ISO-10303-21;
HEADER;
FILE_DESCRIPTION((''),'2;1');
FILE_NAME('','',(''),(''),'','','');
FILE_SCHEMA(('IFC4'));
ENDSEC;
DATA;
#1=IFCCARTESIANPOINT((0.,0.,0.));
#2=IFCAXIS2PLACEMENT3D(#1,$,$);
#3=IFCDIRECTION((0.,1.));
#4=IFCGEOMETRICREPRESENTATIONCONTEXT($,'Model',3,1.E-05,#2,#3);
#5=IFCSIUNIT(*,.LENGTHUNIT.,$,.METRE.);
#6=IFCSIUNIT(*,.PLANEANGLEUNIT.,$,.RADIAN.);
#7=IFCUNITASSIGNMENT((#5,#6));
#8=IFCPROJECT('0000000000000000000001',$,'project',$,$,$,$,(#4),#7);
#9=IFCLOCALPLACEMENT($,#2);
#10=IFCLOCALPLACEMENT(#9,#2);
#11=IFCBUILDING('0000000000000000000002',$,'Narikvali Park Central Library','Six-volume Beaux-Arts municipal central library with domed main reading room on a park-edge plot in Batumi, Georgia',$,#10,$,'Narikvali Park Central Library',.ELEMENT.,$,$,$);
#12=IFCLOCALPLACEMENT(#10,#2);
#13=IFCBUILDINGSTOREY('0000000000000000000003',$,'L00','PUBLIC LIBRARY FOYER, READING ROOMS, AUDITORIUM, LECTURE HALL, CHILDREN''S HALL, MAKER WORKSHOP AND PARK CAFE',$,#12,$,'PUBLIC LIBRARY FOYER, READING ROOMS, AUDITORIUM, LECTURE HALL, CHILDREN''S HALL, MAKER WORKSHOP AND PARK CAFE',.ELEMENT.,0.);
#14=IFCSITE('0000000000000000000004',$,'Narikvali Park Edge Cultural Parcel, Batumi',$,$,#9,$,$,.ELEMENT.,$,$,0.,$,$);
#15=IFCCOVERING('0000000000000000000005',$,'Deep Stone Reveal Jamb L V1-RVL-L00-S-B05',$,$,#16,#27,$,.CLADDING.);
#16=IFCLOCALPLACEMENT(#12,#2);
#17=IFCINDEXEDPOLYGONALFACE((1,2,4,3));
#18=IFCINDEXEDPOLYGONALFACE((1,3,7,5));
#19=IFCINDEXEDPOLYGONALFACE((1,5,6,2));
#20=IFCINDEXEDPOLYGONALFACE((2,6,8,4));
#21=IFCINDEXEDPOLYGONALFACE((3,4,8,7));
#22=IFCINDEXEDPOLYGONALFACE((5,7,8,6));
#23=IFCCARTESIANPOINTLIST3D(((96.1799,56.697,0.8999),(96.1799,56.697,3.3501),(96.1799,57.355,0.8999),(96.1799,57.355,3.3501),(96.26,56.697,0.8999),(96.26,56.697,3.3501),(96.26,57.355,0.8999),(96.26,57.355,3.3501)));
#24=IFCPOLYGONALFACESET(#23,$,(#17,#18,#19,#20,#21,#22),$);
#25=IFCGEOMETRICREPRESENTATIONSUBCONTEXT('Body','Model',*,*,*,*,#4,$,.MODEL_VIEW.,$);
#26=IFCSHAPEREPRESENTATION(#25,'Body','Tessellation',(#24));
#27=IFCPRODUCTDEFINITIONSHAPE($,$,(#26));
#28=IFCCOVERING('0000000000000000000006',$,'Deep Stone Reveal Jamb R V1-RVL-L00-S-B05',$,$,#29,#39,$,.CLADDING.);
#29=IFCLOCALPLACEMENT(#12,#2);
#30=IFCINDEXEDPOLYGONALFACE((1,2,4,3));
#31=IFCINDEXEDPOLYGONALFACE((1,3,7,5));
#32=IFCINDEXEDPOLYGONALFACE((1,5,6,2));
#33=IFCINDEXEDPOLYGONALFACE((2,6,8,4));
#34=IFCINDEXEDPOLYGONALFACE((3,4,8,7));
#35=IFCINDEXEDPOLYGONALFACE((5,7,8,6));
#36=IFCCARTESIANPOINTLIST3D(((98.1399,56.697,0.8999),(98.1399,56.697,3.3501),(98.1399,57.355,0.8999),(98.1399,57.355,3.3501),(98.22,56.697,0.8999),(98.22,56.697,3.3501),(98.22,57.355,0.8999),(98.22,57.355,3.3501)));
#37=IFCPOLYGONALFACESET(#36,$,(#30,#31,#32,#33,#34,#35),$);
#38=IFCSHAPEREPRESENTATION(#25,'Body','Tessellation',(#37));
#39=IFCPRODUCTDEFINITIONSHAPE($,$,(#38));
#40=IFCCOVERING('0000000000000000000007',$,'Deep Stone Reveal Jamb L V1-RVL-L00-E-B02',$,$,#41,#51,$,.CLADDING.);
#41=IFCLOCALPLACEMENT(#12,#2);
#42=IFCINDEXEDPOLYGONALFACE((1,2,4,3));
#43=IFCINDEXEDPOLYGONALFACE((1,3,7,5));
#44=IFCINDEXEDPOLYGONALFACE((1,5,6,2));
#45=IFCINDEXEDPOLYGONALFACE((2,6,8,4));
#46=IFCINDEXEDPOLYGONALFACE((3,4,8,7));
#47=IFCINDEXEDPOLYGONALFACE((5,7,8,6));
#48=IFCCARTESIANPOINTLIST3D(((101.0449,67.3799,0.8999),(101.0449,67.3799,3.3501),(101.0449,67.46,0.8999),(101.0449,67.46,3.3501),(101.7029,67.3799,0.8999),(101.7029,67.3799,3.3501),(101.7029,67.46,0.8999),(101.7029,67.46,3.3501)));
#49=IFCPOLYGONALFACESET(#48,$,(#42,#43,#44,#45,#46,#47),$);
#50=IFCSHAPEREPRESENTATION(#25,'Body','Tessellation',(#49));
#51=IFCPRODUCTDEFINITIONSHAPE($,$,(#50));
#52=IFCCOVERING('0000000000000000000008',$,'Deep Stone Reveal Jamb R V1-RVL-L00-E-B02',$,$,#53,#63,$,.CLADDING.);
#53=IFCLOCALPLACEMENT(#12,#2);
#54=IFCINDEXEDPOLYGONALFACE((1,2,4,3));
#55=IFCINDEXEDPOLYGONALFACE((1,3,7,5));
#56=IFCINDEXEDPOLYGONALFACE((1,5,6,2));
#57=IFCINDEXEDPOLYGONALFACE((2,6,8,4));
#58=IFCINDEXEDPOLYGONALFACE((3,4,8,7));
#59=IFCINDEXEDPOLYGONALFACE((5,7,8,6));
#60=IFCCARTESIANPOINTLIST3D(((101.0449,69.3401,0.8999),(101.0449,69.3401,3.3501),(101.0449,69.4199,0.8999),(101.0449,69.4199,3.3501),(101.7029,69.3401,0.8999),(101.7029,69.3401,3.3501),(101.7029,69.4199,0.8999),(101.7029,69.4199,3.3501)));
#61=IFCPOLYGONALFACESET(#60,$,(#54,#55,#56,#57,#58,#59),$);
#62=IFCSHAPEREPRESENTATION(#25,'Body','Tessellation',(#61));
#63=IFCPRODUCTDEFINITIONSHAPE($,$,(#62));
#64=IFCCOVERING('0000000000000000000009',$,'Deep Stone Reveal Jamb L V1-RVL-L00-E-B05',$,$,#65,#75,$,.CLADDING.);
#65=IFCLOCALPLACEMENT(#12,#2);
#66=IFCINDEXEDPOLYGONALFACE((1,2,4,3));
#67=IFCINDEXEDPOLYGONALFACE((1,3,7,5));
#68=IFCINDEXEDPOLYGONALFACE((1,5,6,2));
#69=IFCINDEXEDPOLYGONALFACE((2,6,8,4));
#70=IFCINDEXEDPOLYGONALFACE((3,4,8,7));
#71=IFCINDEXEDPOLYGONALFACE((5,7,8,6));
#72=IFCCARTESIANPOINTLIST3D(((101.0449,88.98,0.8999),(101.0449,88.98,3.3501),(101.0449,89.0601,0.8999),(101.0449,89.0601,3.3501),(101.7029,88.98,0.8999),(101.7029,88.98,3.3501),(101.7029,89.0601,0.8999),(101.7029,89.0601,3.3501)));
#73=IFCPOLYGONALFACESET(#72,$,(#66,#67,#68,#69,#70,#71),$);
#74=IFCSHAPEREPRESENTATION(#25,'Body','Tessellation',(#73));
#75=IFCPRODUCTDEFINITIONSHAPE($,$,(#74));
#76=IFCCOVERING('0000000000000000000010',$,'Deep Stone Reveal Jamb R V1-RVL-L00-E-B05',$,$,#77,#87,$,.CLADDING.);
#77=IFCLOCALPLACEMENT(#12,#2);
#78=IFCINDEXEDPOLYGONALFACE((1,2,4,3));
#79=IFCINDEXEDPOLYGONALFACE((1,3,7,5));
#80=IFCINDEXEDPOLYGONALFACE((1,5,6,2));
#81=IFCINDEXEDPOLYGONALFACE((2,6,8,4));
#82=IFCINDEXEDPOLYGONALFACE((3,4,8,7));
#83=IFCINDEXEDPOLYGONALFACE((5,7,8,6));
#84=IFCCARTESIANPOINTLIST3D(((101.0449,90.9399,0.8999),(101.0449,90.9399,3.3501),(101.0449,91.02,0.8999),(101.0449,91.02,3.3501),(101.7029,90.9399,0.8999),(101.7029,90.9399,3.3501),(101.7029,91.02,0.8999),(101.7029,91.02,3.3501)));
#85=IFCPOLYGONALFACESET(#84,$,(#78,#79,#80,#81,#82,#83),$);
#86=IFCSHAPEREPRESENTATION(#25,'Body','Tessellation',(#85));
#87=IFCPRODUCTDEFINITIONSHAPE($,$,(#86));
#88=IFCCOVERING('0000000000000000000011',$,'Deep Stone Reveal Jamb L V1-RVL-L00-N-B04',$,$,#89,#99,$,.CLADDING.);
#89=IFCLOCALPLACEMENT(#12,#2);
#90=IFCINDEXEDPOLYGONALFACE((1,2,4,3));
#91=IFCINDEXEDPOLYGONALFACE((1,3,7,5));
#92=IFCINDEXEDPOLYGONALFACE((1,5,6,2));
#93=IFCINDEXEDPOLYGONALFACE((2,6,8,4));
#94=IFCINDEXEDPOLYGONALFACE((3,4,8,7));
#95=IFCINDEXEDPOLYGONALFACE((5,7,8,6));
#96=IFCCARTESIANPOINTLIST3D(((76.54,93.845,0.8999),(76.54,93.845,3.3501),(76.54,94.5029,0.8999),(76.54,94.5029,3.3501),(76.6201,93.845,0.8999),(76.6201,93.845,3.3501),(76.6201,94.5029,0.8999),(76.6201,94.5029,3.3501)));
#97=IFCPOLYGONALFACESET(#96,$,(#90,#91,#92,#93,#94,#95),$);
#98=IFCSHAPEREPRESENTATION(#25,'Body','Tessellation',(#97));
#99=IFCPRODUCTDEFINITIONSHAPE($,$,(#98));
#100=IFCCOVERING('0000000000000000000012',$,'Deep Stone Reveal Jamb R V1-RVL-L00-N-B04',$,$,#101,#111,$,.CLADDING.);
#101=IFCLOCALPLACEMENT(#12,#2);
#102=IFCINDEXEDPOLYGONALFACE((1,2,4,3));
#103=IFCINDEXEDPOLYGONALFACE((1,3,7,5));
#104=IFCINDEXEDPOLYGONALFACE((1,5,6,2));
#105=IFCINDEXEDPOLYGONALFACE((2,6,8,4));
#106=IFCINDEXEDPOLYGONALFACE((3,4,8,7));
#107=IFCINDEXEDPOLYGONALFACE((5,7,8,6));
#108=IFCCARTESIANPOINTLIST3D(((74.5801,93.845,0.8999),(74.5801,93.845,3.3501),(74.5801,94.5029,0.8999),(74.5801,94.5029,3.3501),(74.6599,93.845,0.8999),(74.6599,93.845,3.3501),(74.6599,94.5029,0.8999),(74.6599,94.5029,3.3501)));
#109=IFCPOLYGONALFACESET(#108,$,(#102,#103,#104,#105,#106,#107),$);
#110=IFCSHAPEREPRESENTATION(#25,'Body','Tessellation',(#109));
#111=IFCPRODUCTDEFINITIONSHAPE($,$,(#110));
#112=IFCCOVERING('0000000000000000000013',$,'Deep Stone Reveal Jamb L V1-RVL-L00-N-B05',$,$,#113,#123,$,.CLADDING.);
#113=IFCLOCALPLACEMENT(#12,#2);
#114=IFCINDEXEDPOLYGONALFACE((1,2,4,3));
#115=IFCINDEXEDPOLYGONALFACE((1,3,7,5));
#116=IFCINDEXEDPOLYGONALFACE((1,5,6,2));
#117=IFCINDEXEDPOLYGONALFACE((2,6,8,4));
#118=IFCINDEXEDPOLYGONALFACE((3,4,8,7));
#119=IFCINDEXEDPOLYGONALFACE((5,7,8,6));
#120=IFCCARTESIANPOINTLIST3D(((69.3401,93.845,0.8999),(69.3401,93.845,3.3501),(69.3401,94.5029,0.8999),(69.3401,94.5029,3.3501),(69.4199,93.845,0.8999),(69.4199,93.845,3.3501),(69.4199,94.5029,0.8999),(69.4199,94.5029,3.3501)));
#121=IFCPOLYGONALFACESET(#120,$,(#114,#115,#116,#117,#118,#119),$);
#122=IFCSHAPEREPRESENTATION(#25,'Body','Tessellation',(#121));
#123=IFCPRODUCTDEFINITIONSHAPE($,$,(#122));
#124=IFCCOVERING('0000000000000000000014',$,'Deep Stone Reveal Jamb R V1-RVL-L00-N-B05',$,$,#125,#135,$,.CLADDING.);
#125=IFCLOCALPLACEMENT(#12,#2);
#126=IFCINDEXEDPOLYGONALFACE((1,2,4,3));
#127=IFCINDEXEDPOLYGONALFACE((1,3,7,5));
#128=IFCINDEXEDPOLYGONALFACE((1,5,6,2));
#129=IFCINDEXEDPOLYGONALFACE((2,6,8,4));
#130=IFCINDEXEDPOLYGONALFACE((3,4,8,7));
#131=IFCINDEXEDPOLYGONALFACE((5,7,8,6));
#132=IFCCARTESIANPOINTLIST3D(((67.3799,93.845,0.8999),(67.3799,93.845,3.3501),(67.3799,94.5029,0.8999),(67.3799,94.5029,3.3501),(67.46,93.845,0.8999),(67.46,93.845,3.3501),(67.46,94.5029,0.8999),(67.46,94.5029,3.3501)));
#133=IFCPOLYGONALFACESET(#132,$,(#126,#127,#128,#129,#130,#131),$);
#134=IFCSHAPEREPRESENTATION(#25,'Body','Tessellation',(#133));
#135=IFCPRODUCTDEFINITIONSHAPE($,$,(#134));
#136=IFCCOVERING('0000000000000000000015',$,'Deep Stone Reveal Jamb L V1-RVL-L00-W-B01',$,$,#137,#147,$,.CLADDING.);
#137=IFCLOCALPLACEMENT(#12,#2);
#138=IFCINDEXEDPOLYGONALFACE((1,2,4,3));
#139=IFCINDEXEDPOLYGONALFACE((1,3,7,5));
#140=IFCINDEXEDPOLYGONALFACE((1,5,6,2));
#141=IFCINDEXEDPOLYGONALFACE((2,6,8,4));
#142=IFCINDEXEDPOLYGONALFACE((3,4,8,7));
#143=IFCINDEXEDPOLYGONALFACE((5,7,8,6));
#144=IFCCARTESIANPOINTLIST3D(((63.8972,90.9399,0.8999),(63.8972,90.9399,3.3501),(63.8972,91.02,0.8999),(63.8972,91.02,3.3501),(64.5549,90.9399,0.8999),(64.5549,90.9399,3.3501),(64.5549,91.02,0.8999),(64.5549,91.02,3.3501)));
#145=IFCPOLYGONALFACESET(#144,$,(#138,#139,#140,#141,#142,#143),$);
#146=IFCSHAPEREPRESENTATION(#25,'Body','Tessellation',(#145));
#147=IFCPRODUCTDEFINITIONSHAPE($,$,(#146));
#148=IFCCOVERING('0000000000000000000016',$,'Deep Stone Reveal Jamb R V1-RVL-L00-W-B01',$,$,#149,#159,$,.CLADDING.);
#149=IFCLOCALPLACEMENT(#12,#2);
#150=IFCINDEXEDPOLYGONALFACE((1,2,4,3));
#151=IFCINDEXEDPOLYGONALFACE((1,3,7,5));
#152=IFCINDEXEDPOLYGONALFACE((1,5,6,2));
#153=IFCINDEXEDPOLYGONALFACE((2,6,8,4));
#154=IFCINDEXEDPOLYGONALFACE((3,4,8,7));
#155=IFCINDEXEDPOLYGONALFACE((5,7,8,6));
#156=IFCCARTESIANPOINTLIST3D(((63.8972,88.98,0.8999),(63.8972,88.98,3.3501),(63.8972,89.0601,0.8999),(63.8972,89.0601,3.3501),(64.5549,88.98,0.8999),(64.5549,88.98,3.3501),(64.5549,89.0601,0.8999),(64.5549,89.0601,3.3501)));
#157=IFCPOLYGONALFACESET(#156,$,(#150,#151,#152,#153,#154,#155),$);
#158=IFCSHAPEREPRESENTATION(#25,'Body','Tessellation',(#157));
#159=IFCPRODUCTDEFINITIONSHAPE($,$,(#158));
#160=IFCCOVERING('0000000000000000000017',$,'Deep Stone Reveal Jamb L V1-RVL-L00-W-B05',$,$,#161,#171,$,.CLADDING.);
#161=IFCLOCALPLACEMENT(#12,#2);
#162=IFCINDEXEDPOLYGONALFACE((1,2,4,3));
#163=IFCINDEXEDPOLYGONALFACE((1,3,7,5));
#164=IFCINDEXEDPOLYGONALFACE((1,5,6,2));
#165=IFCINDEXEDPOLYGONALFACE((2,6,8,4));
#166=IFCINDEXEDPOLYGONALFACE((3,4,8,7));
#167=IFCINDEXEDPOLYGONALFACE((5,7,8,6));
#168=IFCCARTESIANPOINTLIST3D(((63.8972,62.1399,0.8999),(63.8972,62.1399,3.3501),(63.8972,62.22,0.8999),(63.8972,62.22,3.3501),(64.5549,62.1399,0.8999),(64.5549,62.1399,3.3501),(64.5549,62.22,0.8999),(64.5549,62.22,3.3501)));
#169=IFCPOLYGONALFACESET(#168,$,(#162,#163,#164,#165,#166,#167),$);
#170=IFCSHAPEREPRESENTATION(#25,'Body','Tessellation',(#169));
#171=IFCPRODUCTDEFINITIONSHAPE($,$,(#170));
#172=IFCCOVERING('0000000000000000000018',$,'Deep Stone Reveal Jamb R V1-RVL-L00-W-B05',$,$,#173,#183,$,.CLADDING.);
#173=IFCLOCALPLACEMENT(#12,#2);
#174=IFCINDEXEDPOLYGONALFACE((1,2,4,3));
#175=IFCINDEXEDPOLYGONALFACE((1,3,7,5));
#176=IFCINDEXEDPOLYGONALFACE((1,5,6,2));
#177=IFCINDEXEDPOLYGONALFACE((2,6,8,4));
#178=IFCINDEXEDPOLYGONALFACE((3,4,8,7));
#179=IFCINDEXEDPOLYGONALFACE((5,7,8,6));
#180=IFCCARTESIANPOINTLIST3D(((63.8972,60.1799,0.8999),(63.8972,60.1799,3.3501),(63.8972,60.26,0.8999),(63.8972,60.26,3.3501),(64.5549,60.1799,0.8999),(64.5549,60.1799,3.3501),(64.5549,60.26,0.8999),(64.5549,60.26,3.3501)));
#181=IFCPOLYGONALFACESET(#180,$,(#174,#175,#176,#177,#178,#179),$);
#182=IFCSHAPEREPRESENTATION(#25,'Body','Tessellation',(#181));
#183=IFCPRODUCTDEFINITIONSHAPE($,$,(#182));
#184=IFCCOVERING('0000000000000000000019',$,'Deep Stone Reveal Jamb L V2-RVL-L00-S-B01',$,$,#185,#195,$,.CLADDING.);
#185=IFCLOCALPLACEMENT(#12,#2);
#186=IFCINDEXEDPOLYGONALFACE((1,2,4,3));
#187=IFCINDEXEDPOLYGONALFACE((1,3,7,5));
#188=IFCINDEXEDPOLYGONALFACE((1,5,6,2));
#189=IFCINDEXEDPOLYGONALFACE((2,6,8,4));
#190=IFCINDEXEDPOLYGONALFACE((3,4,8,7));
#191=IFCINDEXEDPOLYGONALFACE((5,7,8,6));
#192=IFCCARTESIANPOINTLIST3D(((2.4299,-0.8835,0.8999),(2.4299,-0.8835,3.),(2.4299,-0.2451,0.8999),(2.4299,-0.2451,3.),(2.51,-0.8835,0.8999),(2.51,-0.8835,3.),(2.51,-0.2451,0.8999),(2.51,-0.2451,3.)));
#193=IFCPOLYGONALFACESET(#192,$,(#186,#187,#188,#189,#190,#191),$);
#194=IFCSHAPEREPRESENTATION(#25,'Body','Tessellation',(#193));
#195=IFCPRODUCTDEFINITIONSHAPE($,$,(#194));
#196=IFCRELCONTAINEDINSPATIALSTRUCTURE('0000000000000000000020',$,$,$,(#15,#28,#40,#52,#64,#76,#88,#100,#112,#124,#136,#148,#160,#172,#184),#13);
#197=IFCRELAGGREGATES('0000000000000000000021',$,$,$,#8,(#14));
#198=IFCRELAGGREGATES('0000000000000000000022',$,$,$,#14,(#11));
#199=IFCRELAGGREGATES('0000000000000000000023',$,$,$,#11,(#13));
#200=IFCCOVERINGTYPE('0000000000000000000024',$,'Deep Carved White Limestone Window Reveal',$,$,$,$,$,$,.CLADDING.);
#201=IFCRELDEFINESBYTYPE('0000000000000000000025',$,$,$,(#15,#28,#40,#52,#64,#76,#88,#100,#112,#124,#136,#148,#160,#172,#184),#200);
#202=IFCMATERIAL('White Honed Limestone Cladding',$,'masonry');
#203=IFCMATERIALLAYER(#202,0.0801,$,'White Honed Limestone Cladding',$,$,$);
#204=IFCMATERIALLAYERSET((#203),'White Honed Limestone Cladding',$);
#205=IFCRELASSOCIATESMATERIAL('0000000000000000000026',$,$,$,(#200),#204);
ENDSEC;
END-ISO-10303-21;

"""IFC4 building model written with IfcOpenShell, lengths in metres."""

from ifc_helpers import new_model, si_unit, direction, frame, origin, place, context, subcontext, project, spatial, polyline, outline, extrude, material, layer, layer_set, type_object, element, save


model = new_model("IFC4")

# Units and contexts
model_context = context("Model", 3, precision=1e-05, world=origin(), true_north=direction((0.0, 1.0)))
body_context = subcontext(model_context, "Body", "Model", "MODEL_VIEW")
ifc_project = project(units=[si_unit("LENGTHUNIT", "METRE"), si_unit("PLANEANGLEUNIT", "RADIAN")], contexts=[model_context])

# Site, building, storey
site_placement = place(None, origin())
site = spatial("IfcSite", under=ifc_project, at=site_placement, Name="Narikvali Park Edge Cultural Parcel, Batumi", CompositionType="ELEMENT", RefElevation=0.0)
building_placement = place(site_placement, origin())
building = spatial("IfcBuilding", under=site, at=building_placement, Name="Narikvali Park Central Library", Description="Six-volume Beaux-Arts municipal central library with domed main reading room on a park-edge plot in Batumi, Georgia", LongName="Narikvali Park Central Library", CompositionType="ELEMENT")
storey_placement = place(building_placement, origin())
storey = spatial("IfcBuildingStorey", under=building, at=storey_placement, Name="L00", Description="PUBLIC LIBRARY FOYER, READING ROOMS, AUDITORIUM, LECTURE HALL, CHILDREN'S HALL, MAKER WORKSHOP AND PARK CAFE", LongName="PUBLIC LIBRARY FOYER, READING ROOMS, AUDITORIUM, LECTURE HALL, CHILDREN'S HALL, MAKER WORKSHOP AND PARK CAFE", CompositionType="ELEMENT", Elevation=0.0)

# Coverings
ifc_material = material(Name="White Honed Limestone Cladding", Category="masonry")
ifc_layer = layer(ifc_material, 0.0801, Name="White Honed Limestone Cladding")
ifc_layer_set = layer_set([ifc_layer], Name="White Honed Limestone Cladding")
covering_type = type_object("IfcCoveringType", Name="Deep Carved White Limestone Window Reveal", PredefinedType="CLADDING", material=ifc_layer_set)
covering_1_placement = place(storey_placement, frame((0.0, 0.0, 0.8999)))
element("IfcCovering", 1, at=covering_1_placement, inside=storey, type_object=covering_type, Name="Deep Stone Reveal Jamb L V1-RVL-L00-S-B05", PredefinedType="CLADDING", context=body_context, shape_type="SweptSolid", body=[
    extrude(outline(polyline([(96.1799, 57.355), (96.26, 57.355), (96.26, 56.697), (96.1799, 56.697), (96.1799, 57.355)])), origin(), (0.0, 0.0, 1.0), 2.4502),
])
covering_2_placement = place(storey_placement, frame((0.0, 0.0, 0.8999)))
element("IfcCovering", 2, at=covering_2_placement, inside=storey, type_object=covering_type, Name="Deep Stone Reveal Jamb R V1-RVL-L00-S-B05", PredefinedType="CLADDING", context=body_context, shape_type="SweptSolid", body=[
    extrude(outline(polyline([(98.1399, 57.355), (98.22, 57.355), (98.22, 56.697), (98.1399, 56.697), (98.1399, 57.355)])), origin(), (0.0, 0.0, 1.0), 2.4502),
])
covering_3_placement = place(storey_placement, frame((0.0, 0.0, 0.8999)))
element("IfcCovering", 3, at=covering_3_placement, inside=storey, type_object=covering_type, Name="Deep Stone Reveal Jamb L V1-RVL-L00-E-B02", PredefinedType="CLADDING", context=body_context, shape_type="SweptSolid", body=[
    extrude(outline(polyline([(101.0449, 67.3799), (101.0449, 67.46), (101.7029, 67.46), (101.7029, 67.3799), (101.0449, 67.3799)])), origin(), (0.0, 0.0, 1.0), 2.4502),
])
covering_4_placement = place(storey_placement, frame((0.0, 0.0, 0.8999)))
element("IfcCovering", 4, at=covering_4_placement, inside=storey, type_object=covering_type, Name="Deep Stone Reveal Jamb R V1-RVL-L00-E-B02", PredefinedType="CLADDING", context=body_context, shape_type="SweptSolid", body=[
    extrude(outline(polyline([(101.0449, 69.3401), (101.0449, 69.4199), (101.7029, 69.4199), (101.7029, 69.3401), (101.0449, 69.3401)])), origin(), (0.0, 0.0, 1.0), 2.4502),
])
covering_5_placement = place(storey_placement, frame((0.0, 0.0, 0.8999)))
element("IfcCovering", 5, at=covering_5_placement, inside=storey, type_object=covering_type, Name="Deep Stone Reveal Jamb L V1-RVL-L00-E-B05", PredefinedType="CLADDING", context=body_context, shape_type="SweptSolid", body=[
    extrude(outline(polyline([(101.0449, 88.98), (101.0449, 89.0601), (101.7029, 89.0601), (101.7029, 88.98), (101.0449, 88.98)])), origin(), (0.0, 0.0, 1.0), 2.4502),
])
covering_6_placement = place(storey_placement, frame((0.0, 0.0, 0.8999)))
element("IfcCovering", 6, at=covering_6_placement, inside=storey, type_object=covering_type, Name="Deep Stone Reveal Jamb R V1-RVL-L00-E-B05", PredefinedType="CLADDING", context=body_context, shape_type="SweptSolid", body=[
    extrude(outline(polyline([(101.0449, 90.9399), (101.0449, 91.02), (101.7029, 91.02), (101.7029, 90.9399), (101.0449, 90.9399)])), origin(), (0.0, 0.0, 1.0), 2.4502),
])
covering_7_placement = place(storey_placement, frame((0.0, 0.0, 0.8999)))
element("IfcCovering", 7, at=covering_7_placement, inside=storey, type_object=covering_type, Name="Deep Stone Reveal Jamb L V1-RVL-L00-N-B04", PredefinedType="CLADDING", context=body_context, shape_type="SweptSolid", body=[
    extrude(outline(polyline([(76.6201, 93.845), (76.54, 93.845), (76.54, 94.5029), (76.6201, 94.5029), (76.6201, 93.845)])), origin(), (0.0, 0.0, 1.0), 2.4502),
])
covering_8_placement = place(storey_placement, frame((0.0, 0.0, 0.8999)))
element("IfcCovering", 8, at=covering_8_placement, inside=storey, type_object=covering_type, Name="Deep Stone Reveal Jamb R V1-RVL-L00-N-B04", PredefinedType="CLADDING", context=body_context, shape_type="SweptSolid", body=[
    extrude(outline(polyline([(74.6599, 93.845), (74.5801, 93.845), (74.5801, 94.5029), (74.6599, 94.5029), (74.6599, 93.845)])), origin(), (0.0, 0.0, 1.0), 2.4502),
])
covering_9_placement = place(storey_placement, frame((0.0, 0.0, 0.8999)))
element("IfcCovering", 9, at=covering_9_placement, inside=storey, type_object=covering_type, Name="Deep Stone Reveal Jamb L V1-RVL-L00-N-B05", PredefinedType="CLADDING", context=body_context, shape_type="SweptSolid", body=[
    extrude(outline(polyline([(69.4199, 93.845), (69.3401, 93.845), (69.3401, 94.5029), (69.4199, 94.5029), (69.4199, 93.845)])), origin(), (0.0, 0.0, 1.0), 2.4502),
])
covering_10_placement = place(storey_placement, frame((0.0, 0.0, 0.8999)))
element("IfcCovering", 10, at=covering_10_placement, inside=storey, type_object=covering_type, Name="Deep Stone Reveal Jamb R V1-RVL-L00-N-B05", PredefinedType="CLADDING", context=body_context, shape_type="SweptSolid", body=[
    extrude(outline(polyline([(67.46, 93.845), (67.3799, 93.845), (67.3799, 94.5029), (67.46, 94.5029), (67.46, 93.845)])), origin(), (0.0, 0.0, 1.0), 2.4502),
])
covering_11_placement = place(storey_placement, frame((0.0, 0.0, 0.8999)))
element("IfcCovering", 11, at=covering_11_placement, inside=storey, type_object=covering_type, Name="Deep Stone Reveal Jamb L V1-RVL-L00-W-B01", PredefinedType="CLADDING", context=body_context, shape_type="SweptSolid", body=[
    extrude(outline(polyline([(64.5549, 91.02), (64.5549, 90.9399), (63.8972, 90.9399), (63.8972, 91.02), (64.5549, 91.02)])), origin(), (0.0, 0.0, 1.0), 2.4502),
])
covering_12_placement = place(storey_placement, frame((0.0, 0.0, 0.8999)))
element("IfcCovering", 12, at=covering_12_placement, inside=storey, type_object=covering_type, Name="Deep Stone Reveal Jamb R V1-RVL-L00-W-B01", PredefinedType="CLADDING", context=body_context, shape_type="SweptSolid", body=[
    extrude(outline(polyline([(64.5549, 89.0601), (64.5549, 88.98), (63.8972, 88.98), (63.8972, 89.0601), (64.5549, 89.0601)])), origin(), (0.0, 0.0, 1.0), 2.4502),
])
covering_13_placement = place(storey_placement, frame((0.0, 0.0, 0.8999)))
element("IfcCovering", 13, at=covering_13_placement, inside=storey, type_object=covering_type, Name="Deep Stone Reveal Jamb L V1-RVL-L00-W-B05", PredefinedType="CLADDING", context=body_context, shape_type="SweptSolid", body=[
    extrude(outline(polyline([(64.5549, 62.22), (64.5549, 62.1399), (63.8972, 62.1399), (63.8972, 62.22), (64.5549, 62.22)])), origin(), (0.0, 0.0, 1.0), 2.4502),
])
covering_14_placement = place(storey_placement, frame((0.0, 0.0, 0.8999)))
element("IfcCovering", 14, at=covering_14_placement, inside=storey, type_object=covering_type, Name="Deep Stone Reveal Jamb R V1-RVL-L00-W-B05", PredefinedType="CLADDING", context=body_context, shape_type="SweptSolid", body=[
    extrude(outline(polyline([(64.5549, 60.26), (64.5549, 60.1799), (63.8972, 60.1799), (63.8972, 60.26), (64.5549, 60.26)])), origin(), (0.0, 0.0, 1.0), 2.4502),
])
covering_15_placement = place(storey_placement, frame((0.0, 0.0, 0.8999)))
element("IfcCovering", 15, at=covering_15_placement, inside=storey, type_object=covering_type, Name="Deep Stone Reveal Jamb L V2-RVL-L00-S-B01", PredefinedType="CLADDING", context=body_context, shape_type="SweptSolid", body=[
    extrude(outline(polyline([(2.4299, -0.2451), (2.51, -0.2451), (2.51, -0.8835), (2.4299, -0.8835), (2.4299, -0.2451)])), origin(), (0.0, 0.0, 1.0), 2.1001),
])

save(model, "model.ifc")
